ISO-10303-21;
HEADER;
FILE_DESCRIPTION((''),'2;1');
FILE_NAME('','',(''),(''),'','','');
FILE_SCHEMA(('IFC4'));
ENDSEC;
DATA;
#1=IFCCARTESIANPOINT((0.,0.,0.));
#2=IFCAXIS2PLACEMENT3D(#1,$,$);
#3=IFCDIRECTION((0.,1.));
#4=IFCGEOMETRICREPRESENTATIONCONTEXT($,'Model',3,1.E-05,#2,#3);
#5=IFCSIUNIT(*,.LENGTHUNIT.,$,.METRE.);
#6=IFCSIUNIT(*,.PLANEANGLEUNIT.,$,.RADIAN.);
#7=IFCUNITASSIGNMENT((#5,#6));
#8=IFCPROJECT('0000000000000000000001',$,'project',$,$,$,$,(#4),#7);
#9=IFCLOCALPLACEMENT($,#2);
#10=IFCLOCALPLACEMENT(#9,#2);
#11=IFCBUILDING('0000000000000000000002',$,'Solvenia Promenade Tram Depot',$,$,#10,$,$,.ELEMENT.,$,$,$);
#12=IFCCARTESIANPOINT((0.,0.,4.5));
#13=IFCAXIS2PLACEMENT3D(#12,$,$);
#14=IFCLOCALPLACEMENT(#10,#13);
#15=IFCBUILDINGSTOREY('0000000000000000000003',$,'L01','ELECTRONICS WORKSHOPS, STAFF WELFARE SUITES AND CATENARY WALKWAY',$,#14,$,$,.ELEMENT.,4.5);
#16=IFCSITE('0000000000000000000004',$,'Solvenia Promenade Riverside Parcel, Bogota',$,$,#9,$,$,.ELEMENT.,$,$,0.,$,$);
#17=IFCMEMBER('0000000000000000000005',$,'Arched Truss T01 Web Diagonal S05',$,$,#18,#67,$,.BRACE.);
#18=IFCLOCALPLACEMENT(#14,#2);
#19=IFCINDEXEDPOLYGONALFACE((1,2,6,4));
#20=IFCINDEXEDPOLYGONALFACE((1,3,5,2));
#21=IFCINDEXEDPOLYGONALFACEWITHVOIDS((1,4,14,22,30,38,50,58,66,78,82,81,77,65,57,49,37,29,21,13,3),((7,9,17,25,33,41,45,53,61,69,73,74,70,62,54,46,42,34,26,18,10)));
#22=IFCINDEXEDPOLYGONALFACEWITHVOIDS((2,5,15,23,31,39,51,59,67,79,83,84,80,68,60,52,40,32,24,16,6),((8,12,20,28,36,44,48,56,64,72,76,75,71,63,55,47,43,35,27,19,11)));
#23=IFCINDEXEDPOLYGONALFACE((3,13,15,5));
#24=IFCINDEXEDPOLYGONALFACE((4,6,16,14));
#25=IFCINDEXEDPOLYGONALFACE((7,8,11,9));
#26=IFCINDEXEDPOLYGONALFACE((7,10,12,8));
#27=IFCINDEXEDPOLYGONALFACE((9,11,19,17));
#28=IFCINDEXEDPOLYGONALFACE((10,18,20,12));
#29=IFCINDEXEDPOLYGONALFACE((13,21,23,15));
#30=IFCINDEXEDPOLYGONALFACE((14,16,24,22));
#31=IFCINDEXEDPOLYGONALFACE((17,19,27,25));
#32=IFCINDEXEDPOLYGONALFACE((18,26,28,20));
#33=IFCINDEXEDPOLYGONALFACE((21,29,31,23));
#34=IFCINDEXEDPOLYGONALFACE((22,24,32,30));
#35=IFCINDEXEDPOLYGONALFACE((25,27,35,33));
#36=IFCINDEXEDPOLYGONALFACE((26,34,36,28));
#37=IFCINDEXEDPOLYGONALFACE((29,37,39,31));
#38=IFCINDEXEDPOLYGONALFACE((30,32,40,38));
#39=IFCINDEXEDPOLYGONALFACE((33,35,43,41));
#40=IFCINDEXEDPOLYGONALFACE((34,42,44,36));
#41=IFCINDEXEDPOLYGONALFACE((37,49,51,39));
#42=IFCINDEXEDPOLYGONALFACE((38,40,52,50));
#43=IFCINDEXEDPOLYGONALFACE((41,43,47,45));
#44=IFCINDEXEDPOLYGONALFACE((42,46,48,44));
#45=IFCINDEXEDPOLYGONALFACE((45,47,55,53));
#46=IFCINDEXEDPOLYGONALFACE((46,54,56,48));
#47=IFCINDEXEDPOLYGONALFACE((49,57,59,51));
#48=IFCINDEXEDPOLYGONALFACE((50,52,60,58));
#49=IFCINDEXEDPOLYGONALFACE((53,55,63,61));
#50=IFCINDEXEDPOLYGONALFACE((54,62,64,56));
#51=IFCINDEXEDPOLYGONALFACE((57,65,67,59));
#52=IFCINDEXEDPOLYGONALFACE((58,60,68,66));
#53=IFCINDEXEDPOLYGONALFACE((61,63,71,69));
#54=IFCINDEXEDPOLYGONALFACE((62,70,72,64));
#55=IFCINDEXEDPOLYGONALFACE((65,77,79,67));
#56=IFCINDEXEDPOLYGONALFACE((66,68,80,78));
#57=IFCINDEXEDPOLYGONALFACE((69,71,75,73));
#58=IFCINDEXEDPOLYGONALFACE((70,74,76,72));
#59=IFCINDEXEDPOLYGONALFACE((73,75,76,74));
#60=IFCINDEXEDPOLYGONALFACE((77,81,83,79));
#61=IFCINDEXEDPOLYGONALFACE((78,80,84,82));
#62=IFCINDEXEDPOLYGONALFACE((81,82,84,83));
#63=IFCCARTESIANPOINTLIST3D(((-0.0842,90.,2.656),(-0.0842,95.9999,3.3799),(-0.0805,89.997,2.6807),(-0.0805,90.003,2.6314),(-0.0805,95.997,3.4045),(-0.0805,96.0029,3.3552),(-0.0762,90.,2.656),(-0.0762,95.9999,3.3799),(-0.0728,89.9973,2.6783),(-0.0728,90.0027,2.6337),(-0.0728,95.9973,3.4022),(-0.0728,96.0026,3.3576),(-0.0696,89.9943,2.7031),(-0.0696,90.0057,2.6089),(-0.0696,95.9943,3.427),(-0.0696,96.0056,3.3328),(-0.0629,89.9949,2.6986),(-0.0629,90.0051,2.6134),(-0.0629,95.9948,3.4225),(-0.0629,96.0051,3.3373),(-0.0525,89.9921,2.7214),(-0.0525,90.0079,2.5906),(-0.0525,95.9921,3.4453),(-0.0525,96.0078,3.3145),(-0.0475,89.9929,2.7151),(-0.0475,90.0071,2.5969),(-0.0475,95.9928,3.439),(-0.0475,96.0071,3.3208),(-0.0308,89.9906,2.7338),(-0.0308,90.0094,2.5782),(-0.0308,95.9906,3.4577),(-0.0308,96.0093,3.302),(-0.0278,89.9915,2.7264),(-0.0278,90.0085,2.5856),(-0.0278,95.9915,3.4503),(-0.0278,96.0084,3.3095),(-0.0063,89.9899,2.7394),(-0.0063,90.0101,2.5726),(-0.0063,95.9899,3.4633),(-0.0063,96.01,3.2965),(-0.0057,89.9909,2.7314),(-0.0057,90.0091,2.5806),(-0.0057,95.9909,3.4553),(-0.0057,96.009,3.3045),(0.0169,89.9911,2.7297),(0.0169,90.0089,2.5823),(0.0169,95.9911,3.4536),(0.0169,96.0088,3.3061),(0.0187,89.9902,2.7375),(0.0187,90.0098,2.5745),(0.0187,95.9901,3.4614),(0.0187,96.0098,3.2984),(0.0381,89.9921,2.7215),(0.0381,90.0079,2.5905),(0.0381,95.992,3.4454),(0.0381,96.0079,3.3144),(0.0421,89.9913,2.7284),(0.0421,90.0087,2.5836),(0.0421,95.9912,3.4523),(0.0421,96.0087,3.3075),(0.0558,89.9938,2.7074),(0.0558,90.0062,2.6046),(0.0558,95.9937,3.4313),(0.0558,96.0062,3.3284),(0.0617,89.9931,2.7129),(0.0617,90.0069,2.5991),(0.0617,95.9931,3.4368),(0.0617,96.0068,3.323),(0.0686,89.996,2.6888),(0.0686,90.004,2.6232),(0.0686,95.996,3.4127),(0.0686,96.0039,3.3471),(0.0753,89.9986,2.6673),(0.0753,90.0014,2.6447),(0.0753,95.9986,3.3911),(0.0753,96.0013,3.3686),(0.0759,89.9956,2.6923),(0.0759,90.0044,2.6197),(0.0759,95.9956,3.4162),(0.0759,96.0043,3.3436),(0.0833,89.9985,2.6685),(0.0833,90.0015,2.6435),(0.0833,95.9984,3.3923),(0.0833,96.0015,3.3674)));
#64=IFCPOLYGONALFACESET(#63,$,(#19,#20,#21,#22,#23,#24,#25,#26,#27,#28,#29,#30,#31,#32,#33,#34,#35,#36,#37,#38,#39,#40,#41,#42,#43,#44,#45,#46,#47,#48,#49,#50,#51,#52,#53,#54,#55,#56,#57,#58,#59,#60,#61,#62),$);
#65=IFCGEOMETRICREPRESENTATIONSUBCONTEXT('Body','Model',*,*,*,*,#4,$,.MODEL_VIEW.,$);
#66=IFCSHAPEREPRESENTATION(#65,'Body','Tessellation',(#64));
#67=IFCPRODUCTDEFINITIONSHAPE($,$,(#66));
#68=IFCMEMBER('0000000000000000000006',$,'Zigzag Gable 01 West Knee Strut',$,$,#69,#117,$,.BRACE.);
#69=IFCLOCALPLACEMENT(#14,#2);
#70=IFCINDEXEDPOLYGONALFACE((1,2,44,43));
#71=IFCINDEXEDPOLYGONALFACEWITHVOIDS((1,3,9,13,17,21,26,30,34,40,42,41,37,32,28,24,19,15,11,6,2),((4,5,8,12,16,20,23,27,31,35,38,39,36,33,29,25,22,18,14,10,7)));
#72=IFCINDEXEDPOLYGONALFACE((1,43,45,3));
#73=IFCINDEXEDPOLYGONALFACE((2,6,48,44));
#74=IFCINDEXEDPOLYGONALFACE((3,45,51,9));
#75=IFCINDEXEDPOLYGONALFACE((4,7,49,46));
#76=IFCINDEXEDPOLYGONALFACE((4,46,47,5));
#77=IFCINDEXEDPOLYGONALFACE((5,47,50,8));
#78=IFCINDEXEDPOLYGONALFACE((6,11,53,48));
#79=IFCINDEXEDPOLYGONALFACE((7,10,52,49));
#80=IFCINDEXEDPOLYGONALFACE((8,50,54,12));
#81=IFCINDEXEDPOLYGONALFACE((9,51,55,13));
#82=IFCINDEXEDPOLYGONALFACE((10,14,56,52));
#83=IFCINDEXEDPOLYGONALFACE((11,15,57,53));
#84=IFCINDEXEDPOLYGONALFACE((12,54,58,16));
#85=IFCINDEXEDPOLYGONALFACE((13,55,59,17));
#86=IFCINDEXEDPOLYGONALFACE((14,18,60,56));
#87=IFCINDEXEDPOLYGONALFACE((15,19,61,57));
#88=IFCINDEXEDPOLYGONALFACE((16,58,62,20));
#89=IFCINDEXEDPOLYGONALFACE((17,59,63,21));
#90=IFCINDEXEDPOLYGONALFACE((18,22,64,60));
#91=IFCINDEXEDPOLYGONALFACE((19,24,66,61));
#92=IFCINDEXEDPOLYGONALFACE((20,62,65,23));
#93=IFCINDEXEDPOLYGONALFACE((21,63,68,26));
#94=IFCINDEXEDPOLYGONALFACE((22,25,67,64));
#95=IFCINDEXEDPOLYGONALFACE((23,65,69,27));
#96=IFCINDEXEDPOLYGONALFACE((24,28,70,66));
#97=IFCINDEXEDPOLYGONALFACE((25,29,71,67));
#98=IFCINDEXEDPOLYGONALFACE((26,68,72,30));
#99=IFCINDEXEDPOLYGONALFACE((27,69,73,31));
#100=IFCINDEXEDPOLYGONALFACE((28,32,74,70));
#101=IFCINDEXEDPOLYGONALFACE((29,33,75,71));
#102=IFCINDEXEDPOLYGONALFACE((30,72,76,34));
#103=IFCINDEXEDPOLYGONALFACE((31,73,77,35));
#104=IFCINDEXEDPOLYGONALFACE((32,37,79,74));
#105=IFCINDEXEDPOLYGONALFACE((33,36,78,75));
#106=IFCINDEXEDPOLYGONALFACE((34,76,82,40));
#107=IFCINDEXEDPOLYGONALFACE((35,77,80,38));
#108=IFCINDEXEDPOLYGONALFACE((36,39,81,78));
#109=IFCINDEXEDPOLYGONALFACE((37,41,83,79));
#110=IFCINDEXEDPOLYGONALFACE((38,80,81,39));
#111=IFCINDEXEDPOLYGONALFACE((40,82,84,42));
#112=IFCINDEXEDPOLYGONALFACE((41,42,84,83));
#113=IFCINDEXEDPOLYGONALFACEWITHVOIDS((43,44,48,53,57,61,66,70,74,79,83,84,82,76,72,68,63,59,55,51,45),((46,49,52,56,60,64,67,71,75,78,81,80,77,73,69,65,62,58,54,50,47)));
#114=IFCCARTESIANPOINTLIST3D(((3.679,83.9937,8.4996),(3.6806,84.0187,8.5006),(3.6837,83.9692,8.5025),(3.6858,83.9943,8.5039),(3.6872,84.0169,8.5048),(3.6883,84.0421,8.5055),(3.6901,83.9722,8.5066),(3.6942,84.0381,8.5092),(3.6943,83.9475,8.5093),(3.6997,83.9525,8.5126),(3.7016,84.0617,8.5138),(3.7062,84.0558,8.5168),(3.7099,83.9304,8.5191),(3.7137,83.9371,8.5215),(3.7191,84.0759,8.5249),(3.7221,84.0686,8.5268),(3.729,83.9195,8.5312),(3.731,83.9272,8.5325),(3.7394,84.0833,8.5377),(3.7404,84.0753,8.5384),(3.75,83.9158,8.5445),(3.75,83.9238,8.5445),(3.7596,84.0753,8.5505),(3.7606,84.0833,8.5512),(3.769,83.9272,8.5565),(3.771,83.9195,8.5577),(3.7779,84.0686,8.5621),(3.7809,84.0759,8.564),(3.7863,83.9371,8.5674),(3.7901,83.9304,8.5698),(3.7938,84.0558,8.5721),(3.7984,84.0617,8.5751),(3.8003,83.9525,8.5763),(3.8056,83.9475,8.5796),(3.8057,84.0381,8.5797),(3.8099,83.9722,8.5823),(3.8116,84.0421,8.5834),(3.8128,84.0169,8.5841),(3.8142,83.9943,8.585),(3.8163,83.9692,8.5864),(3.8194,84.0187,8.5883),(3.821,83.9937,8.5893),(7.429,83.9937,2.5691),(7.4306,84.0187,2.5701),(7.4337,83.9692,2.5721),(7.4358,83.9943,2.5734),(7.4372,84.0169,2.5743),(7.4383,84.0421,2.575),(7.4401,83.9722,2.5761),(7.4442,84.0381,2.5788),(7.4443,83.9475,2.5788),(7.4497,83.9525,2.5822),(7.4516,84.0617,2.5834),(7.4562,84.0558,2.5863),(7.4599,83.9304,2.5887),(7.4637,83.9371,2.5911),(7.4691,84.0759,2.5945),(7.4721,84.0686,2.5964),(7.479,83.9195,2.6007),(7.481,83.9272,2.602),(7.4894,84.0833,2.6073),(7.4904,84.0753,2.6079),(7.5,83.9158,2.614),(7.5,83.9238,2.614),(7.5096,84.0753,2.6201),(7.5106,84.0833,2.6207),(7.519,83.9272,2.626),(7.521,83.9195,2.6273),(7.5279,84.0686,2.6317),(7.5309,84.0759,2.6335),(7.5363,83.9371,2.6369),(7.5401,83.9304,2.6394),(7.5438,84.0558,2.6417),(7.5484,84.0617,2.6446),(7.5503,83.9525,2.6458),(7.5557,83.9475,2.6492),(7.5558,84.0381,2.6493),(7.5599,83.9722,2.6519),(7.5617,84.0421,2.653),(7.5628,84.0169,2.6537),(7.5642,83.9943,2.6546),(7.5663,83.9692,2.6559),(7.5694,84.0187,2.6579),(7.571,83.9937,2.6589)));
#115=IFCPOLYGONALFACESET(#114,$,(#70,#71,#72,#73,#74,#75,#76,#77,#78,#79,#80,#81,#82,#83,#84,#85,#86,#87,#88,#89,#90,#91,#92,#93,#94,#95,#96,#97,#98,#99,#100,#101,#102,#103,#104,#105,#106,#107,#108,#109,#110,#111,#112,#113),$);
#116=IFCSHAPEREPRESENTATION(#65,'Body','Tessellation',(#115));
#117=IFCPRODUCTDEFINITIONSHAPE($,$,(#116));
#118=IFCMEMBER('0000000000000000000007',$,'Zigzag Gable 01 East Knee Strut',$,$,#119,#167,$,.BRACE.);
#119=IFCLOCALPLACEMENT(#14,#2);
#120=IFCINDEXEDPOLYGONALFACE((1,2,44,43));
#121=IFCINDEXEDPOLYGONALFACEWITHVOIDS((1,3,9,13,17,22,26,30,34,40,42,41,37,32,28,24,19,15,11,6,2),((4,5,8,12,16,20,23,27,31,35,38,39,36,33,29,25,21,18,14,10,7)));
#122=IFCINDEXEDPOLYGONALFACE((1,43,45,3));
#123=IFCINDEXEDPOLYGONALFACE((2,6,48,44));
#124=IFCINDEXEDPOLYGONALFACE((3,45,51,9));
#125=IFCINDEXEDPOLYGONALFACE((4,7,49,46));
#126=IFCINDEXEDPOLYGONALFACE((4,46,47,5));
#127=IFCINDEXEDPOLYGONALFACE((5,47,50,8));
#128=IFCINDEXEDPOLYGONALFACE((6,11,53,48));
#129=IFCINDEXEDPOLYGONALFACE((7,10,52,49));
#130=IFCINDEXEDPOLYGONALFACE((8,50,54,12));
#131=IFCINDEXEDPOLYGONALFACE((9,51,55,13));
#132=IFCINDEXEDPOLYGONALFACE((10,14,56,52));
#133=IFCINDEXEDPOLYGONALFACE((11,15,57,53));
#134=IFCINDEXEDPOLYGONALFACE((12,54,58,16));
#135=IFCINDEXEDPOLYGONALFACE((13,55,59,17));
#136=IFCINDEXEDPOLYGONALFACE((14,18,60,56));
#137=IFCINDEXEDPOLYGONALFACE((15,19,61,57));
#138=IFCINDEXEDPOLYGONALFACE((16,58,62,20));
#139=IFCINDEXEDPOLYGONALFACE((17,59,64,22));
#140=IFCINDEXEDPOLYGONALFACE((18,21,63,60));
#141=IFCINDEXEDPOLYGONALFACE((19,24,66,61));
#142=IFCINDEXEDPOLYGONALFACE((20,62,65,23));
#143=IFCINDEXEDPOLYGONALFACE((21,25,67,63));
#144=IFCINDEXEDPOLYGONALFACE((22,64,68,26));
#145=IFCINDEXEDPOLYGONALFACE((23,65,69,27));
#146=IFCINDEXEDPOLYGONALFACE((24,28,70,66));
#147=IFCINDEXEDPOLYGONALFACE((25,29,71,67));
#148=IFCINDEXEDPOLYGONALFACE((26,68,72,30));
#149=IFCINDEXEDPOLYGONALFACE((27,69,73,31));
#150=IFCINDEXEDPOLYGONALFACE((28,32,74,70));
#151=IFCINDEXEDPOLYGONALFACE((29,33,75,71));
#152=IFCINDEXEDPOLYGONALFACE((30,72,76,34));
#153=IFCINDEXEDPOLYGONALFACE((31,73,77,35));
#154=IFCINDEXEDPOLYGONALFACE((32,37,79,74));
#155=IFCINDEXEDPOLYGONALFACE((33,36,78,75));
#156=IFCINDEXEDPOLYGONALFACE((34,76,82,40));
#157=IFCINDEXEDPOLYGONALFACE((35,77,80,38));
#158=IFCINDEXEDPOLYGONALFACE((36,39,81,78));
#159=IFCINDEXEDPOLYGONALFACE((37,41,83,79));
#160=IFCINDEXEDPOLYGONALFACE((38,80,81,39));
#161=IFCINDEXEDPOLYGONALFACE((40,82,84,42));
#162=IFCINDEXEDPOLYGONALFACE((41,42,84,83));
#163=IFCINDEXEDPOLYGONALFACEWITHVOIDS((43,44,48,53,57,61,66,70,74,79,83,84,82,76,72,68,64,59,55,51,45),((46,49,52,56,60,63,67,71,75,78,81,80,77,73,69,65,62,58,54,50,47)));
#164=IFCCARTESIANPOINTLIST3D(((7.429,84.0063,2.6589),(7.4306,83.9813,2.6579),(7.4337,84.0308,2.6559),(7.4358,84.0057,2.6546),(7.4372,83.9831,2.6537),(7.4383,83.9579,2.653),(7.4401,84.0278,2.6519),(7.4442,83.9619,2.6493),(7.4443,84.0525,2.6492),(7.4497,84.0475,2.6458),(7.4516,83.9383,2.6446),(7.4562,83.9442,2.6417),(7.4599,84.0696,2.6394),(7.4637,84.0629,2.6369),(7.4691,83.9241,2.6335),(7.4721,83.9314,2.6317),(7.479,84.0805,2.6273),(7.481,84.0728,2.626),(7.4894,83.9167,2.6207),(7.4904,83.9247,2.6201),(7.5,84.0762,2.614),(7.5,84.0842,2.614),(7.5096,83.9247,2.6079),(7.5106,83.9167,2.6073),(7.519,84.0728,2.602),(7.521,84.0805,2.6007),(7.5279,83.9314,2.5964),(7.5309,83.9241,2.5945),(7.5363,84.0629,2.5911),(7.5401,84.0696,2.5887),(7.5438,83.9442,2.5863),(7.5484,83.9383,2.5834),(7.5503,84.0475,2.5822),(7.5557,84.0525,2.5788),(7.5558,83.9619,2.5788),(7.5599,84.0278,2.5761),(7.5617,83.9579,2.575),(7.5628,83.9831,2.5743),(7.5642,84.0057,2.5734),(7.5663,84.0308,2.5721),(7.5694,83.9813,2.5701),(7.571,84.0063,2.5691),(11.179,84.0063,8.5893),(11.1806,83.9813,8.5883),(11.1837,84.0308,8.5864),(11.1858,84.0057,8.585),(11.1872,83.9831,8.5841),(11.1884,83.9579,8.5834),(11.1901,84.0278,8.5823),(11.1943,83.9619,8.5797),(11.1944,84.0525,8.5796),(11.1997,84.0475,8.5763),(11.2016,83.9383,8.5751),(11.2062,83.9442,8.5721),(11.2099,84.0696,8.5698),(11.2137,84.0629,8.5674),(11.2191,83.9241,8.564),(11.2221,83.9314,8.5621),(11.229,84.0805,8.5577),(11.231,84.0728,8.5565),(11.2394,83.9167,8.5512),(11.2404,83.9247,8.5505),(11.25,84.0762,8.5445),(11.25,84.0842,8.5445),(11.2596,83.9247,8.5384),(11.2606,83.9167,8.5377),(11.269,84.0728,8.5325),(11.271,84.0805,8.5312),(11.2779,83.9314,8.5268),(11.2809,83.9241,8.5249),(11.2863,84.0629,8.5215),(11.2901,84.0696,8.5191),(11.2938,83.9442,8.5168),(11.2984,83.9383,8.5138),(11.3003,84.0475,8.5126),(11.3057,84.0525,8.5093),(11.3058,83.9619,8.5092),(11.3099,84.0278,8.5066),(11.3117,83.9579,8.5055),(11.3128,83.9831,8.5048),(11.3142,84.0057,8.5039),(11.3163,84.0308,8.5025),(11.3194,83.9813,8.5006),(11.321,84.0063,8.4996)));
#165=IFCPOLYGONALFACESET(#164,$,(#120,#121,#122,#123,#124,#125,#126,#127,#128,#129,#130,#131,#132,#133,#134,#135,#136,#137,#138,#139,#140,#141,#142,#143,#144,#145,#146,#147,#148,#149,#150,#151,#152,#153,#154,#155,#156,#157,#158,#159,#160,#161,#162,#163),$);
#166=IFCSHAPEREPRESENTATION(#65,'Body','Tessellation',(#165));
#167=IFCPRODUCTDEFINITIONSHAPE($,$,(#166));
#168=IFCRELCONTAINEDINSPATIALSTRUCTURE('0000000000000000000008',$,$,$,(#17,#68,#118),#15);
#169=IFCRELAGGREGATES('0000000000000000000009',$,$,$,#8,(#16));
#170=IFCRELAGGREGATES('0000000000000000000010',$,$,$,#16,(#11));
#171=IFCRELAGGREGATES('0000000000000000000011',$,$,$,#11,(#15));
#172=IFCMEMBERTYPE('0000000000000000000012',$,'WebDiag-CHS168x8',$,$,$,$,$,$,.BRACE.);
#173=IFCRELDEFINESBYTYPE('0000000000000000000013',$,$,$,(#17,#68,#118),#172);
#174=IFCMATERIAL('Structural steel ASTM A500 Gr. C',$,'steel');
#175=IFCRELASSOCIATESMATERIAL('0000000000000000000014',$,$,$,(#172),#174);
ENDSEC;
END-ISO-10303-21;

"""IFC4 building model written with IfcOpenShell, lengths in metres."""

from ifc_helpers import new_model, si_unit, direction, frame, origin, origin_2d, place, context, subcontext, project, spatial, hollow_circle, extrude, material, material_profile, profile_set, type_object, element, save


model = new_model("IFC4")

# Units and contexts
model_context = context("Model", 3, precision=1e-05, world=origin(), true_north=direction((0.0, 1.0)))
body_context = subcontext(model_context, "Body", "Model", "MODEL_VIEW")
ifc_project = project(units=[si_unit("LENGTHUNIT", "METRE"), si_unit("PLANEANGLEUNIT", "RADIAN")], contexts=[model_context])

# Site, building, storey
site_placement = place(None, origin())
site = spatial("IfcSite", under=ifc_project, at=site_placement, Name="Solvenia Promenade Riverside Parcel, Bogota", CompositionType="ELEMENT", RefElevation=0.0)
building_placement = place(site_placement, origin())
building = spatial("IfcBuilding", under=site, at=building_placement, Name="Solvenia Promenade Tram Depot", CompositionType="ELEMENT")
storey_placement = place(building_placement, frame((0.0, 0.0, 4.5)))
storey = spatial("IfcBuildingStorey", under=building, at=storey_placement, Name="L01", Description="ELECTRONICS WORKSHOPS, STAFF WELFARE SUITES AND CATENARY WALKWAY", CompositionType="ELEMENT", Elevation=4.5)

# Shared definitions
ifc_material_1 = material(Name="Structural steel ASTM A500 Gr. C", Category="steel")

# Members
ifc_material_profile_1 = material_profile(ifc_material_1, hollow_circle(Radius=0.0842, WallThickness=0.0081, at=origin_2d()), Name="CHS168.3x8", Category="steel")
ifc_profile_set_1 = profile_set([ifc_material_profile_1], Name="Structural steel ASTM A500 Gr. C")
member_type_1 = type_object("IfcMemberType", Name="WebDiag-CHS168x8", PredefinedType="BRACE", material=ifc_profile_set_1)
member_1_placement = place(storey_placement, frame((0.0, 90.0, 2.656), z_axis=(0.0, 0.992801, 0.119778), x_axis=(-1.0, 0.0, 0.0)))
element("IfcMember", 1, at=member_1_placement, inside=storey, type_object=member_type_1, Name="Arched Truss T01 Web Diagonal S05", PredefinedType="BRACE", context=body_context, shape_type="SweptSolid", body=[
    extrude(hollow_circle(Radius=0.0842, WallThickness=0.0081, at=origin_2d()), origin(), (0.0, 0.0, 1.0), 6.0435),
])
for number, where, z_axis, x_axis, name in (
    (2, (7.5, 84.0, 2.614), (-0.534448, 0.0, 0.845201), (0.0, -1.0, 0.0), "Zigzag Gable 01 West Knee Strut"),
    (3, (7.5, 84.0, 2.614), (0.534448, 0.0, 0.845201), (0.0, 1.0, 0.0), "Zigzag Gable 01 East Knee Strut"),
):
    element("IfcMember", number, at=place(storey_placement, frame(where, z_axis=z_axis, x_axis=x_axis)), inside=storey, type_object=member_type_1, Name=name, PredefinedType="BRACE", context=body_context, shape_type="SweptSolid", body=[
        extrude(hollow_circle(Radius=0.0842, WallThickness=0.0081, at=origin_2d()), origin(), (0.0, 0.0, 1.0), 7.0166),
    ])

save(model, "model.ifc")
